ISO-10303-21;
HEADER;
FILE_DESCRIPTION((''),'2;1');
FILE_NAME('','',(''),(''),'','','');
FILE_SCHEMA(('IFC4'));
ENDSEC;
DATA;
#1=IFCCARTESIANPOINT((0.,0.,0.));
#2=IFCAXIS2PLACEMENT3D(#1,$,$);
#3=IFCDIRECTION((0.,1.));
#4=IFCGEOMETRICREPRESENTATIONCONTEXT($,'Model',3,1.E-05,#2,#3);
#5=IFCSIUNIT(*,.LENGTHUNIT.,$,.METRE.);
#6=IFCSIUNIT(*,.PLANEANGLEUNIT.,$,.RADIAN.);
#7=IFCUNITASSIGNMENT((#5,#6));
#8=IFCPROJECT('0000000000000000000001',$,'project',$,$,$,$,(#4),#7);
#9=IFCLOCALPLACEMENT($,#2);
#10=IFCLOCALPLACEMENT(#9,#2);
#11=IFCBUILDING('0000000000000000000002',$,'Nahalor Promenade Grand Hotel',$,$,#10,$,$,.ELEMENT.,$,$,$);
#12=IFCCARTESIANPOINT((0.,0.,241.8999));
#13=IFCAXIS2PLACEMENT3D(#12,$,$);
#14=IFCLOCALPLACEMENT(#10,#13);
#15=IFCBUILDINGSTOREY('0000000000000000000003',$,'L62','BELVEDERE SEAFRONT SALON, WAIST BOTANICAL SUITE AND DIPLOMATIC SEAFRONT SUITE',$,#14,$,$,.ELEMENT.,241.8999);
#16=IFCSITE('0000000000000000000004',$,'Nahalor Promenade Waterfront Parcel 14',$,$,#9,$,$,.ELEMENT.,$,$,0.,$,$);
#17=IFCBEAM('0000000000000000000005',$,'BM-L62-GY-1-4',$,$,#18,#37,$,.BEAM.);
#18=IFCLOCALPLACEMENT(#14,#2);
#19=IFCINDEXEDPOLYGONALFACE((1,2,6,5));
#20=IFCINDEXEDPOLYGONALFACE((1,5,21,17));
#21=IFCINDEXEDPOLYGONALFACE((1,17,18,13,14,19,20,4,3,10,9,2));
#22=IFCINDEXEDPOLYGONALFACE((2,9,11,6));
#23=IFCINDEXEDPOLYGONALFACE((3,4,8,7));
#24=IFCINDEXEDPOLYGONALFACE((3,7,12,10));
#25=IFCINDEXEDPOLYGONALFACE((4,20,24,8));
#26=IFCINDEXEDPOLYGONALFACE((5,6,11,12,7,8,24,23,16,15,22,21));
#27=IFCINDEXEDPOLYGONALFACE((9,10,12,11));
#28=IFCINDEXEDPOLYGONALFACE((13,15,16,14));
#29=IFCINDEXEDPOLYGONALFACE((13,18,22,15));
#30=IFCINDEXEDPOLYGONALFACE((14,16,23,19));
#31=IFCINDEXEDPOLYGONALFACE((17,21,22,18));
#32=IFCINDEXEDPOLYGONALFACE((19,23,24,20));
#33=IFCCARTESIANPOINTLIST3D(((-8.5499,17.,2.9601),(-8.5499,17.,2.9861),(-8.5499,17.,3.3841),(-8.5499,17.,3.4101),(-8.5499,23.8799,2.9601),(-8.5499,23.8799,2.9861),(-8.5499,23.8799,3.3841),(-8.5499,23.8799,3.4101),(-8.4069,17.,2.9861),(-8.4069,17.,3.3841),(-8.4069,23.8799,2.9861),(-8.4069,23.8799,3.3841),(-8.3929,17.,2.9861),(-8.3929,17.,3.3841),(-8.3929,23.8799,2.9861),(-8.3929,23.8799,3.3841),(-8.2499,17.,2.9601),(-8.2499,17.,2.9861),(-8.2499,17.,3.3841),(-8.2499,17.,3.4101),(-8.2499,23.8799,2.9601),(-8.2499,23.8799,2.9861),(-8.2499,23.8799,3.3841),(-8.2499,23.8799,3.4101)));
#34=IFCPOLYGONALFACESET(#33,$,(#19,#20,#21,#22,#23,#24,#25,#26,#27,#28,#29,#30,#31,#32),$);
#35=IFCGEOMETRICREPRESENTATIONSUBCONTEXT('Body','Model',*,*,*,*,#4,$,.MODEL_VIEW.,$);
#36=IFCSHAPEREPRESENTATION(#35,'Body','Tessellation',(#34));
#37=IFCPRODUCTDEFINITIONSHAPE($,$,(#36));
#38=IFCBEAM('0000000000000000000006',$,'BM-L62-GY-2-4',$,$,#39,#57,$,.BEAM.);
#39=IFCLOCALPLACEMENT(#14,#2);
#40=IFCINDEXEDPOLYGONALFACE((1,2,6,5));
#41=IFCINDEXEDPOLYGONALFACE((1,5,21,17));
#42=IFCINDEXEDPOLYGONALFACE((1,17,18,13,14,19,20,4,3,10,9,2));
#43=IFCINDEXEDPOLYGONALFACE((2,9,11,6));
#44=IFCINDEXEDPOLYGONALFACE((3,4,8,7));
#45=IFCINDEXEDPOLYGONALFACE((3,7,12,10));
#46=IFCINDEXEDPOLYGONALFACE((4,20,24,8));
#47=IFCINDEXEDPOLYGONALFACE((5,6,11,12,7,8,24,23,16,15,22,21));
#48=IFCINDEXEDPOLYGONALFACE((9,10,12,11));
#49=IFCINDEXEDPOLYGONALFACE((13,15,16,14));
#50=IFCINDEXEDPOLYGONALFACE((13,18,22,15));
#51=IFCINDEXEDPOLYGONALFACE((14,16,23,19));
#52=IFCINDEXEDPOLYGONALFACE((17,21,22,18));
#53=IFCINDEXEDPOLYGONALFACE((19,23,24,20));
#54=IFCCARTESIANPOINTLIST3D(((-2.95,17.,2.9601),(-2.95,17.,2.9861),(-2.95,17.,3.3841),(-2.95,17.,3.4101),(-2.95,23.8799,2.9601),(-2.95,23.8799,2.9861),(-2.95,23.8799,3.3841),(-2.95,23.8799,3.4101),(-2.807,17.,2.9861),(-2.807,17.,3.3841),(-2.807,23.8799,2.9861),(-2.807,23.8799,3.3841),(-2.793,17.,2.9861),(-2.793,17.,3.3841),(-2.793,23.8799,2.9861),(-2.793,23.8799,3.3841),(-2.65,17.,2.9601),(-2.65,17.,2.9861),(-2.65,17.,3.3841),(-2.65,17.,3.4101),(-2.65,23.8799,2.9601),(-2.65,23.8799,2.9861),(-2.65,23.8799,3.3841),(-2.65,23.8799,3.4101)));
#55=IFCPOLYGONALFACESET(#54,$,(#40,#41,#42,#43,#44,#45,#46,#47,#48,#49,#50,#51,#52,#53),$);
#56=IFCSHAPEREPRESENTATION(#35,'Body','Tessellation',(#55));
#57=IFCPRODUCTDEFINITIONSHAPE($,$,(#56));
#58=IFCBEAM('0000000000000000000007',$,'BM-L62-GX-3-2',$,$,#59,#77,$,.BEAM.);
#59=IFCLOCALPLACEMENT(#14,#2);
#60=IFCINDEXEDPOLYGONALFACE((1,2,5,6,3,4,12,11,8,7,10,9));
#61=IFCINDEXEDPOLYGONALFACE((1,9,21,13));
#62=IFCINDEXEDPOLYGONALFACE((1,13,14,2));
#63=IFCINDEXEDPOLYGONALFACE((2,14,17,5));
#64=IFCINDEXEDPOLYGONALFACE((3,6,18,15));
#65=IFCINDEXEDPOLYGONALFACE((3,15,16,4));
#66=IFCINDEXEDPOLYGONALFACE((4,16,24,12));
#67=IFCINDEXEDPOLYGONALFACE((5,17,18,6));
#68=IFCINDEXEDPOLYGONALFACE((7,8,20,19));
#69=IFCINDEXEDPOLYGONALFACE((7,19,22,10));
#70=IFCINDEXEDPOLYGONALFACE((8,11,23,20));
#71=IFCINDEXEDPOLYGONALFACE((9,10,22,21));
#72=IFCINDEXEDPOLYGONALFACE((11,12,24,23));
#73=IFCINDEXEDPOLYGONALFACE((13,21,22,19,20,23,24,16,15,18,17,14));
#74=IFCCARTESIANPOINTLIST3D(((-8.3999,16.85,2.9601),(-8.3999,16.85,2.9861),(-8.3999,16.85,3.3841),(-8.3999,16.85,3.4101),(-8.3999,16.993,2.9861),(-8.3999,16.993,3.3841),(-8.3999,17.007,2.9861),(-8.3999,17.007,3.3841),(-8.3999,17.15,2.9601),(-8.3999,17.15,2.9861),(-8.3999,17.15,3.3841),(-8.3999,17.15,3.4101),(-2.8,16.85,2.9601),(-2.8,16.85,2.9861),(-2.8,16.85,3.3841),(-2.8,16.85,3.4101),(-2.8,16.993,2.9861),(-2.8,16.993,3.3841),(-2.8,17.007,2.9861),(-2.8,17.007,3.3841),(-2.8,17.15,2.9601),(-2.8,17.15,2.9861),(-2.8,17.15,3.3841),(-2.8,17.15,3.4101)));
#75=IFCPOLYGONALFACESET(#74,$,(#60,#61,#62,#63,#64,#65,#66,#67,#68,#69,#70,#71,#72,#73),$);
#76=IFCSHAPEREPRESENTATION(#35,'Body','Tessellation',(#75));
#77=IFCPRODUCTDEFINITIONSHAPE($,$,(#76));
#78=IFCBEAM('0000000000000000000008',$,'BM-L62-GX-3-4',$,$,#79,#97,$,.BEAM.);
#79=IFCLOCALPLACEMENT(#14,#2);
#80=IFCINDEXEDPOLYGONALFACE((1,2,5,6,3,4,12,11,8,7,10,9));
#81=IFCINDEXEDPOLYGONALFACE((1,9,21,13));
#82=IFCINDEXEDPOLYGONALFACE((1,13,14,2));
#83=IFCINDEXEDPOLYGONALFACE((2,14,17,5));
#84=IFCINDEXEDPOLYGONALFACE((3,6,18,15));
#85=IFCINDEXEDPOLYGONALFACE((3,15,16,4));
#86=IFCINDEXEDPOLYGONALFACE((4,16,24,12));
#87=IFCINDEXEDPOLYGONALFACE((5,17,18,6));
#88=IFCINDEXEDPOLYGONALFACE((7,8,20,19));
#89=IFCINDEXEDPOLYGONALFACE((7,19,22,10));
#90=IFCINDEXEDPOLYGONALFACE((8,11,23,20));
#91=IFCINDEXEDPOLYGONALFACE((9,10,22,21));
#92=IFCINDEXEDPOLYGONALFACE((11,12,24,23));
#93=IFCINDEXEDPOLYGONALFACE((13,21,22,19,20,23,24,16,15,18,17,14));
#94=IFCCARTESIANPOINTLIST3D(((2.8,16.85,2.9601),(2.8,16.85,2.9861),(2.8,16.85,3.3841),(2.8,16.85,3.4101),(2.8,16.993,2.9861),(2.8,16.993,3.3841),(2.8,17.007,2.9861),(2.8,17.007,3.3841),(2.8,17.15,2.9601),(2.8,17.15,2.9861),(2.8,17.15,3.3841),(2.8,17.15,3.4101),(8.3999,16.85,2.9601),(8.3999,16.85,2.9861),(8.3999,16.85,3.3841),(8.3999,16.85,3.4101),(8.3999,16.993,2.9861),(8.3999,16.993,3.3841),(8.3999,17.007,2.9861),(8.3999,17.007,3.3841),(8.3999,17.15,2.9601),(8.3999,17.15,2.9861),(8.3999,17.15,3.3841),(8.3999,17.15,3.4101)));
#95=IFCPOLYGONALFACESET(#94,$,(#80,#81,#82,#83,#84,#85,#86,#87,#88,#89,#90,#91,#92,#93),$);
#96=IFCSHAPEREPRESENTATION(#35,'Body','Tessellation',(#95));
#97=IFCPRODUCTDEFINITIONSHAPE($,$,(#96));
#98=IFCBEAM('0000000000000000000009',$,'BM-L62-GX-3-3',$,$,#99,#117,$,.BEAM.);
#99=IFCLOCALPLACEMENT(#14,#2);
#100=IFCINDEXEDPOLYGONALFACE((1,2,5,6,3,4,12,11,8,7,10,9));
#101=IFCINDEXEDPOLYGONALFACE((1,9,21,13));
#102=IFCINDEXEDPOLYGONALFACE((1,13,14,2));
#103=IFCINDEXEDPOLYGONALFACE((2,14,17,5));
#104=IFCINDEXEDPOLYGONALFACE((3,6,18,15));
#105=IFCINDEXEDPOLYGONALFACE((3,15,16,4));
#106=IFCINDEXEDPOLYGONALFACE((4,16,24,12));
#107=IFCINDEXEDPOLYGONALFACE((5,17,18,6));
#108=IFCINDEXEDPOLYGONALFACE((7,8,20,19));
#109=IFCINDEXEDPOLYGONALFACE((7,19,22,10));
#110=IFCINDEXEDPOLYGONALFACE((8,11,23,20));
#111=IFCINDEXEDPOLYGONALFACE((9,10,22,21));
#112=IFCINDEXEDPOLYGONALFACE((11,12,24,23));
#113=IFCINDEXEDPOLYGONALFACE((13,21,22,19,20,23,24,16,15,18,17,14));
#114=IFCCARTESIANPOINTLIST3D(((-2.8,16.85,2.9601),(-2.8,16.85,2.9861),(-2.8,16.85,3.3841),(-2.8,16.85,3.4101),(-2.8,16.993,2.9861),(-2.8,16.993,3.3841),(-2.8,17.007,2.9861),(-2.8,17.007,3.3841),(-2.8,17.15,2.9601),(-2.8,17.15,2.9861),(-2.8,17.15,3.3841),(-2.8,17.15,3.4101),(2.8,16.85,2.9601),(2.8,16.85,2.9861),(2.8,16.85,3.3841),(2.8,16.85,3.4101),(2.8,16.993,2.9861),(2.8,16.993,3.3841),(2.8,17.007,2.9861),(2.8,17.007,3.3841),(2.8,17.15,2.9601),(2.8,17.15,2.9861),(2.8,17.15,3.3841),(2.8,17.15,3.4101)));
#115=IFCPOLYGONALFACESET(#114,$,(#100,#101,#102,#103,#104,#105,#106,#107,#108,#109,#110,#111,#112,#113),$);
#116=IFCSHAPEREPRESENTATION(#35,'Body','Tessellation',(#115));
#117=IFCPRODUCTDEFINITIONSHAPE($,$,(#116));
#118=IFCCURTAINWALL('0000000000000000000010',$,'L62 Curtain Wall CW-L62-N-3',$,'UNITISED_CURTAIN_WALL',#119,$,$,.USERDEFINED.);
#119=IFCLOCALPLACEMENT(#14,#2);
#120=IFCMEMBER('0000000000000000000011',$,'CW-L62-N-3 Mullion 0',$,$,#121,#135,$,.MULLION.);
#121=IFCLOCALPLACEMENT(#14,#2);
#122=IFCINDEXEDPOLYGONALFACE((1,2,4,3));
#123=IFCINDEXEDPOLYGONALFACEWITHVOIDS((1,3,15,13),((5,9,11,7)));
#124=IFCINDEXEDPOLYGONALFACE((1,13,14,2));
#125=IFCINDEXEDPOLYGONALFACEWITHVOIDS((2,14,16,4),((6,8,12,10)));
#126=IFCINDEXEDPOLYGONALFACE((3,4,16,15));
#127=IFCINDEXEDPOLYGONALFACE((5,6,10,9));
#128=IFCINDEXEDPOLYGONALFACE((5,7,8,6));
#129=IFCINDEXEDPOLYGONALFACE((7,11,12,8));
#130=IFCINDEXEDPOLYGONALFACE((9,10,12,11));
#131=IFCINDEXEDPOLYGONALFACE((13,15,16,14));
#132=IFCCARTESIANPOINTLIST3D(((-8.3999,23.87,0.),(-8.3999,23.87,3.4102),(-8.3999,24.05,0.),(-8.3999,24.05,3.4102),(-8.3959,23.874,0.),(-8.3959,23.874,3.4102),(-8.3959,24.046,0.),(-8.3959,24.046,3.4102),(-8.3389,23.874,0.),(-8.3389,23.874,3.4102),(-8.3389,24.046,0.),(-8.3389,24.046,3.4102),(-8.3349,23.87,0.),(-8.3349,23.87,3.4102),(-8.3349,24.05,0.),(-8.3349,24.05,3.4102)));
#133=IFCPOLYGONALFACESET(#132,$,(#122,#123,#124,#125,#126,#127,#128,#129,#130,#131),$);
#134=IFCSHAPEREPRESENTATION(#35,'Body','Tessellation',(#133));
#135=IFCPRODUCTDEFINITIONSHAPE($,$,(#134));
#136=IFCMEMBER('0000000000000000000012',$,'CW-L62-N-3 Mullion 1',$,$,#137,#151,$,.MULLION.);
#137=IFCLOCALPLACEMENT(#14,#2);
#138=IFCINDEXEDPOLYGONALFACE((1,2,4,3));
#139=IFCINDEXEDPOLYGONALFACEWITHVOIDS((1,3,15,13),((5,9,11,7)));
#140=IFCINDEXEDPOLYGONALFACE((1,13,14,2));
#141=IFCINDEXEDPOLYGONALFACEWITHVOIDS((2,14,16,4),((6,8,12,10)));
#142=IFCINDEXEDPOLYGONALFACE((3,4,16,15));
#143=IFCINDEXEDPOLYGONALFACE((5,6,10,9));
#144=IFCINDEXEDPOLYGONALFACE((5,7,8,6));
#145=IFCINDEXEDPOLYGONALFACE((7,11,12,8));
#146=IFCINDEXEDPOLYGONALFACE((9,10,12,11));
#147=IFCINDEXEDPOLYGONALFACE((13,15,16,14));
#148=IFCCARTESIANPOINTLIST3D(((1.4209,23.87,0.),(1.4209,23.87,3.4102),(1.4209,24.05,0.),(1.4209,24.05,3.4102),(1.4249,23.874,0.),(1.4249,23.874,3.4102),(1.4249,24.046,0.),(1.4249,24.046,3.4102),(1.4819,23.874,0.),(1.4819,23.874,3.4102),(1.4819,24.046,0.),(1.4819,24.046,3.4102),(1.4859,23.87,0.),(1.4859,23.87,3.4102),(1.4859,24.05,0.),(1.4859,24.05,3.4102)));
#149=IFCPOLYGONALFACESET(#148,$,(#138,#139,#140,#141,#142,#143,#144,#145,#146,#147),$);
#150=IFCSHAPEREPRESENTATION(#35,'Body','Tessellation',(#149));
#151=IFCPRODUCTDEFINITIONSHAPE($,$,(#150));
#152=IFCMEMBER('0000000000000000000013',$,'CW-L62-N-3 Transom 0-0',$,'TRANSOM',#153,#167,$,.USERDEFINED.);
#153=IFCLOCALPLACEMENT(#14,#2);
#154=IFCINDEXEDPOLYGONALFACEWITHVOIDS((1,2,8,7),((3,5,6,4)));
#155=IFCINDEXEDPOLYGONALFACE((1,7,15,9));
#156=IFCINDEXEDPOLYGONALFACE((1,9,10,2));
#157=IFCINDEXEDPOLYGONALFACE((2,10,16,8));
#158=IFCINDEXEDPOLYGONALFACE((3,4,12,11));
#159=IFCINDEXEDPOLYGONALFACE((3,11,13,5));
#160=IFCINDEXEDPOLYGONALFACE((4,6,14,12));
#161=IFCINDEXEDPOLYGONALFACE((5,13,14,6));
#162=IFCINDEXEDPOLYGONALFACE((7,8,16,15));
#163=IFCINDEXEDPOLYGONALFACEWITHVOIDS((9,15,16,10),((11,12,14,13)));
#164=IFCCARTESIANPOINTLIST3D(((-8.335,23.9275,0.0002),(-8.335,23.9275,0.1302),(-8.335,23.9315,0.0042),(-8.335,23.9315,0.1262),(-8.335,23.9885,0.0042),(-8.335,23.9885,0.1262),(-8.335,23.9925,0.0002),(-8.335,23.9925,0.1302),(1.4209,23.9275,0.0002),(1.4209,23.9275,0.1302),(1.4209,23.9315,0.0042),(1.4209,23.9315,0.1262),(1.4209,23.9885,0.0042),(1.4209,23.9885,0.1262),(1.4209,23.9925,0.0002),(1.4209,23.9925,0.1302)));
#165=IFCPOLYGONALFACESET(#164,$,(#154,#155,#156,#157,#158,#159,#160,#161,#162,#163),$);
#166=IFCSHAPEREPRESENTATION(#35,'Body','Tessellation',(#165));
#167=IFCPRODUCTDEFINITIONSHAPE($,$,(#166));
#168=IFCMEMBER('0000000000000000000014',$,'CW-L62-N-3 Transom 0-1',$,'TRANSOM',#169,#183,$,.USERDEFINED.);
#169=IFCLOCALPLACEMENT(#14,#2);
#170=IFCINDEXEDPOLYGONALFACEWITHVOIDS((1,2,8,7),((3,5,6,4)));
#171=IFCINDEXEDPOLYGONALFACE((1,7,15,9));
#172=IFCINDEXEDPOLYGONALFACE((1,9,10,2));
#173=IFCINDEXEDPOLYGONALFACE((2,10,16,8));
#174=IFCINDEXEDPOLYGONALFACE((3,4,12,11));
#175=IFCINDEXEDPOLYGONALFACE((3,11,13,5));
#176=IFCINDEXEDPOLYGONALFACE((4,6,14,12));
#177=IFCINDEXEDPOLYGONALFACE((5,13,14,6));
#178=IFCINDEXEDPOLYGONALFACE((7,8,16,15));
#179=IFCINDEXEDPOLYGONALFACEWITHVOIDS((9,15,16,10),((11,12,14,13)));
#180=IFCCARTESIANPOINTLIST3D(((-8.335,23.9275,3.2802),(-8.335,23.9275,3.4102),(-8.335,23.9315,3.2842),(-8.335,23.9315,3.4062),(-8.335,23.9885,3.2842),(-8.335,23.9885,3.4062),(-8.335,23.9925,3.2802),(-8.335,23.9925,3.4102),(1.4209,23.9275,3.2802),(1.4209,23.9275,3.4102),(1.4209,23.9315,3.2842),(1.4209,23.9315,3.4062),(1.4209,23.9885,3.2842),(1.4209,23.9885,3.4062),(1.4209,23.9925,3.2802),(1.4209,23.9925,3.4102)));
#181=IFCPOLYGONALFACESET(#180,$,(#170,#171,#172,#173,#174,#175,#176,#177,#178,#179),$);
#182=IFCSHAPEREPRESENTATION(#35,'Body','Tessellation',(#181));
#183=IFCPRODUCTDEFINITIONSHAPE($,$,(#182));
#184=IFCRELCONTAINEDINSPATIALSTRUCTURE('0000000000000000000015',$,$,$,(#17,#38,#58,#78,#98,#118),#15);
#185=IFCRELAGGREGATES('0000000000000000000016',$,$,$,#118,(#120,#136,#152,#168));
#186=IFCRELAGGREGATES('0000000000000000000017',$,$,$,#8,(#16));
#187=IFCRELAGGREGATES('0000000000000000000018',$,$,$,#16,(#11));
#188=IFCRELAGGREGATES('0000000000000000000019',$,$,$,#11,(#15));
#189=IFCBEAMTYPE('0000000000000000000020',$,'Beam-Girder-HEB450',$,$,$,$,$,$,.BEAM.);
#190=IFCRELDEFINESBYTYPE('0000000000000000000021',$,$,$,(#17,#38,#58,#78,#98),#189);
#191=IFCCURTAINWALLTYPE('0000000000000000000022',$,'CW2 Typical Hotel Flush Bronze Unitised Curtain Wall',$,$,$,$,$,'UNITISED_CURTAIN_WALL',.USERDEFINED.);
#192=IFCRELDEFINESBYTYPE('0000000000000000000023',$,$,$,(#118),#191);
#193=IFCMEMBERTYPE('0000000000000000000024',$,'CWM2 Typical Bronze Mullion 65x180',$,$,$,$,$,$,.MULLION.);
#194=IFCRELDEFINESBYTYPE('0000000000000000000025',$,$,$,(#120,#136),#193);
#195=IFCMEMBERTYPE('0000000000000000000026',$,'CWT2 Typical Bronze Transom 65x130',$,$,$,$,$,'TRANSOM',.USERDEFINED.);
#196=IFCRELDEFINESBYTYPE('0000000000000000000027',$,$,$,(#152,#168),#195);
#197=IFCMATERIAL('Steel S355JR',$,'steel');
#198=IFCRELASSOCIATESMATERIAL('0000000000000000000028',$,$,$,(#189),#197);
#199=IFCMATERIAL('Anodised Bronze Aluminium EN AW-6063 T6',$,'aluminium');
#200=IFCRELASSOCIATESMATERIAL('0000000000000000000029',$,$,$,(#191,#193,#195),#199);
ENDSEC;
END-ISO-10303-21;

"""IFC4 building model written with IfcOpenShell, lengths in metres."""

from ifc_helpers import new_model, si_unit, direction, frame, origin, origin_2d, place, context, subcontext, project, spatial, hollow_rectangle, i_section, extrude, source, transform, mapped, material, material_profile, profile_set, type_object, element, aggregate, save


model = new_model("IFC4")

# Units and contexts
model_context = context("Model", 3, precision=1e-05, world=origin(), true_north=direction((0.0, 1.0)))
body_context = subcontext(model_context, "Body", "Model", "MODEL_VIEW")
ifc_project = project(units=[si_unit("LENGTHUNIT", "METRE"), si_unit("PLANEANGLEUNIT", "RADIAN")], contexts=[model_context])

# Site, building, storey
site_placement = place(None, origin())
site = spatial("IfcSite", under=ifc_project, at=site_placement, Name="Nahalor Promenade Waterfront Parcel 14", CompositionType="ELEMENT", RefElevation=0.0)
building_placement = place(site_placement, origin())
building = spatial("IfcBuilding", under=site, at=building_placement, Name="Nahalor Promenade Grand Hotel", CompositionType="ELEMENT")
storey_placement = place(building_placement, frame((0.0, 0.0, 241.8999)))
storey = spatial("IfcBuildingStorey", under=building, at=storey_placement, Name="L62", Description="BELVEDERE SEAFRONT SALON, WAIST BOTANICAL SUITE AND DIPLOMATIC SEAFRONT SUITE", CompositionType="ELEMENT", Elevation=241.8999)

# Shared definitions
ifc_material_1 = material(Name="Steel S355JR", Category="steel")

# Beams
ifc_material_profile_1 = material_profile(ifc_material_1, i_section(OverallWidth=0.3, OverallDepth=0.45, WebThickness=0.014, FlangeThickness=0.026, at=origin_2d()), Name="HEB 450")
ifc_profile_set_1 = profile_set([ifc_material_profile_1], Name="Steel S355JR")
beam_type_1 = type_object("IfcBeamType", Name="Beam-Girder-HEB450", PredefinedType="BEAM", material=ifc_profile_set_1)
shared_shape_1 = source(origin(), body_context, "Body", "SweptSolid", [
    extrude(i_section(OverallWidth=0.3, OverallDepth=0.45, WebThickness=0.014, FlangeThickness=0.026, at=origin_2d()), origin(), (0.0, 0.0, 1.0), 6.8799),
])
for number, where, z_axis, x_axis, name in (
    (1, (-8.3999, 17.0, 3.1851), (0.0, 1.0, 0.0), (-1.0, 0.0, 0.0), "BM-L62-GY-1-4"),
    (2, (-2.8, 17.0, 3.1851), (0.0, 1.0, 0.0), (-1.0, 0.0, 0.0), "BM-L62-GY-2-4"),
):
    element("IfcBeam", number, at=place(storey_placement, frame(where, z_axis=z_axis, x_axis=x_axis)), inside=storey, type_object=beam_type_1, Name=name, PredefinedType="BEAM", context=body_context, shape_type="MappedRepresentation", body=[
        mapped(shared_shape_1, transform((0.0, 0.0, 0.0), scale=1.0)),
    ])
shared_shape_2 = source(origin(), body_context, "Body", "SweptSolid", [
    extrude(i_section(OverallWidth=0.3, OverallDepth=0.45, WebThickness=0.014, FlangeThickness=0.026, at=origin_2d()), origin(), (0.0, 0.0, 1.0), 5.5999),
])
for number, where, z_axis, x_axis, name in (
    (3, (-8.3999, 17.0, 3.1851), (1.0, 0.0, 0.0), (0.0, 1.0, 0.0), "BM-L62-GX-3-2"),
    (4, (2.8, 17.0, 3.1851), (1.0, 0.0, 0.0), (0.0, 1.0, 0.0), "BM-L62-GX-3-4"),
):
    element("IfcBeam", number, at=place(storey_placement, frame(where, z_axis=z_axis, x_axis=x_axis)), inside=storey, type_object=beam_type_1, Name=name, PredefinedType="BEAM", context=body_context, shape_type="MappedRepresentation", body=[
        mapped(shared_shape_2, transform((0.0, 0.0, 0.0), scale=1.0)),
    ])
shared_shape_3 = source(origin(), body_context, "Body", "SweptSolid", [
    extrude(i_section(OverallWidth=0.3, OverallDepth=0.45, WebThickness=0.014, FlangeThickness=0.026, at=origin_2d()), origin(), (0.0, 0.0, 1.0), 5.6001),
])
beam_1_placement = place(storey_placement, frame((-2.8, 17.0, 3.1851), z_axis=(1.0, 0.0, 0.0), x_axis=(0.0, 1.0, 0.0)))
element("IfcBeam", 5, at=beam_1_placement, inside=storey, type_object=beam_type_1, Name="BM-L62-GX-3-3", PredefinedType="BEAM", context=body_context, shape_type="MappedRepresentation", body=[
    mapped(shared_shape_3, transform((0.0, 0.0, 0.0), scale=1.0)),
])

# Curtain wall, members
ifc_material_2 = material(Name="Anodised Bronze Aluminium EN AW-6063 T6", Category="aluminium")
curtain_wall_type = type_object("IfcCurtainWallType", Name="CW2 Typical Hotel Flush Bronze Unitised Curtain Wall", ElementType="UNITISED_CURTAIN_WALL", PredefinedType="USERDEFINED", material=ifc_material_2)
curtain_wall_placement = place(storey_placement, origin())
curtain_wall = element("IfcCurtainWall", 6, at=curtain_wall_placement, inside=storey, type_object=curtain_wall_type, Name="L62 Curtain Wall CW-L62-N-3", ObjectType="UNITISED_CURTAIN_WALL", PredefinedType="USERDEFINED")
ifc_material_profile_2 = material_profile(ifc_material_2, hollow_rectangle(XDim=0.065, YDim=0.18, WallThickness=0.004, at=origin_2d()), Name="CWM 65x180x4")
ifc_profile_set_2 = profile_set([ifc_material_profile_2], Name="Anodised Bronze Aluminium EN AW-6063 T6")
member_type_1 = type_object("IfcMemberType", Name="CWM2 Typical Bronze Mullion 65x180", PredefinedType="MULLION", material=ifc_profile_set_2)
shared_shape_4 = source(origin(), body_context, "Body", "SweptSolid", [
    extrude(hollow_rectangle(XDim=0.065, YDim=0.18, WallThickness=0.004, at=origin_2d()), origin(), (0.0, 0.0, 1.0), 3.4102),
])
member_1_placement = place(storey_placement, frame((-8.3674, 23.96, 0.0), z_axis=(0.0, 0.0, 1.0), x_axis=(1.0, 0.0, 0.0)))
member_1 = element("IfcMember", 7, at=member_1_placement, type_object=member_type_1, Name="CW-L62-N-3 Mullion 0", PredefinedType="MULLION", context=body_context, shape_type="MappedRepresentation", body=[
    mapped(shared_shape_4, transform((0.0, 0.0, 0.0), scale=1.0)),
])
member_2_placement = place(storey_placement, frame((1.4534, 23.96, 0.0), z_axis=(0.0, 0.0, 1.0), x_axis=(1.0, 0.0, 0.0)))
member_2 = element("IfcMember", 8, at=member_2_placement, type_object=member_type_1, Name="CW-L62-N-3 Mullion 1", PredefinedType="MULLION", context=body_context, shape_type="MappedRepresentation", body=[
    mapped(shared_shape_4, transform((0.0, 0.0, 0.0), scale=1.0)),
])
ifc_material_profile_3 = material_profile(ifc_material_2, hollow_rectangle(XDim=0.065, YDim=0.13, WallThickness=0.004, at=origin_2d()), Name="CWT 65x130x4")
ifc_profile_set_3 = profile_set([ifc_material_profile_3], Name="Anodised Bronze Aluminium EN AW-6063 T6")
member_type_2 = type_object("IfcMemberType", Name="CWT2 Typical Bronze Transom 65x130", ElementType="TRANSOM", PredefinedType="USERDEFINED", material=ifc_profile_set_3)
shared_shape_5 = source(origin(), body_context, "Body", "SweptSolid", [
    extrude(hollow_rectangle(XDim=0.065, YDim=0.13, WallThickness=0.004, at=origin_2d()), origin(), (0.0, 0.0, 1.0), 9.7559),
])
member_3_placement = place(storey_placement, frame((-8.335, 23.96, 0.0652), z_axis=(1.0, 0.0, 0.0), x_axis=(0.0, 1.0, 0.0)))
member_3 = element("IfcMember", 9, at=member_3_placement, type_object=member_type_2, Name="CW-L62-N-3 Transom 0-0", ObjectType="TRANSOM", PredefinedType="USERDEFINED", context=body_context, shape_type="MappedRepresentation", body=[
    mapped(shared_shape_5, transform((0.0, 0.0, 0.0), scale=1.0)),
])
member_4_placement = place(storey_placement, frame((-8.335, 23.96, 3.3452), z_axis=(1.0, 0.0, 0.0), x_axis=(0.0, 1.0, 0.0)))
member_4 = element("IfcMember", 10, at=member_4_placement, type_object=member_type_2, Name="CW-L62-N-3 Transom 0-1", ObjectType="TRANSOM", PredefinedType="USERDEFINED", context=body_context, shape_type="MappedRepresentation", body=[
    mapped(shared_shape_5, transform((0.0, 0.0, 0.0), scale=1.0)),
])
aggregate(curtain_wall, [member_1, member_2, member_3, member_4])

save(model, "model.ifc")
